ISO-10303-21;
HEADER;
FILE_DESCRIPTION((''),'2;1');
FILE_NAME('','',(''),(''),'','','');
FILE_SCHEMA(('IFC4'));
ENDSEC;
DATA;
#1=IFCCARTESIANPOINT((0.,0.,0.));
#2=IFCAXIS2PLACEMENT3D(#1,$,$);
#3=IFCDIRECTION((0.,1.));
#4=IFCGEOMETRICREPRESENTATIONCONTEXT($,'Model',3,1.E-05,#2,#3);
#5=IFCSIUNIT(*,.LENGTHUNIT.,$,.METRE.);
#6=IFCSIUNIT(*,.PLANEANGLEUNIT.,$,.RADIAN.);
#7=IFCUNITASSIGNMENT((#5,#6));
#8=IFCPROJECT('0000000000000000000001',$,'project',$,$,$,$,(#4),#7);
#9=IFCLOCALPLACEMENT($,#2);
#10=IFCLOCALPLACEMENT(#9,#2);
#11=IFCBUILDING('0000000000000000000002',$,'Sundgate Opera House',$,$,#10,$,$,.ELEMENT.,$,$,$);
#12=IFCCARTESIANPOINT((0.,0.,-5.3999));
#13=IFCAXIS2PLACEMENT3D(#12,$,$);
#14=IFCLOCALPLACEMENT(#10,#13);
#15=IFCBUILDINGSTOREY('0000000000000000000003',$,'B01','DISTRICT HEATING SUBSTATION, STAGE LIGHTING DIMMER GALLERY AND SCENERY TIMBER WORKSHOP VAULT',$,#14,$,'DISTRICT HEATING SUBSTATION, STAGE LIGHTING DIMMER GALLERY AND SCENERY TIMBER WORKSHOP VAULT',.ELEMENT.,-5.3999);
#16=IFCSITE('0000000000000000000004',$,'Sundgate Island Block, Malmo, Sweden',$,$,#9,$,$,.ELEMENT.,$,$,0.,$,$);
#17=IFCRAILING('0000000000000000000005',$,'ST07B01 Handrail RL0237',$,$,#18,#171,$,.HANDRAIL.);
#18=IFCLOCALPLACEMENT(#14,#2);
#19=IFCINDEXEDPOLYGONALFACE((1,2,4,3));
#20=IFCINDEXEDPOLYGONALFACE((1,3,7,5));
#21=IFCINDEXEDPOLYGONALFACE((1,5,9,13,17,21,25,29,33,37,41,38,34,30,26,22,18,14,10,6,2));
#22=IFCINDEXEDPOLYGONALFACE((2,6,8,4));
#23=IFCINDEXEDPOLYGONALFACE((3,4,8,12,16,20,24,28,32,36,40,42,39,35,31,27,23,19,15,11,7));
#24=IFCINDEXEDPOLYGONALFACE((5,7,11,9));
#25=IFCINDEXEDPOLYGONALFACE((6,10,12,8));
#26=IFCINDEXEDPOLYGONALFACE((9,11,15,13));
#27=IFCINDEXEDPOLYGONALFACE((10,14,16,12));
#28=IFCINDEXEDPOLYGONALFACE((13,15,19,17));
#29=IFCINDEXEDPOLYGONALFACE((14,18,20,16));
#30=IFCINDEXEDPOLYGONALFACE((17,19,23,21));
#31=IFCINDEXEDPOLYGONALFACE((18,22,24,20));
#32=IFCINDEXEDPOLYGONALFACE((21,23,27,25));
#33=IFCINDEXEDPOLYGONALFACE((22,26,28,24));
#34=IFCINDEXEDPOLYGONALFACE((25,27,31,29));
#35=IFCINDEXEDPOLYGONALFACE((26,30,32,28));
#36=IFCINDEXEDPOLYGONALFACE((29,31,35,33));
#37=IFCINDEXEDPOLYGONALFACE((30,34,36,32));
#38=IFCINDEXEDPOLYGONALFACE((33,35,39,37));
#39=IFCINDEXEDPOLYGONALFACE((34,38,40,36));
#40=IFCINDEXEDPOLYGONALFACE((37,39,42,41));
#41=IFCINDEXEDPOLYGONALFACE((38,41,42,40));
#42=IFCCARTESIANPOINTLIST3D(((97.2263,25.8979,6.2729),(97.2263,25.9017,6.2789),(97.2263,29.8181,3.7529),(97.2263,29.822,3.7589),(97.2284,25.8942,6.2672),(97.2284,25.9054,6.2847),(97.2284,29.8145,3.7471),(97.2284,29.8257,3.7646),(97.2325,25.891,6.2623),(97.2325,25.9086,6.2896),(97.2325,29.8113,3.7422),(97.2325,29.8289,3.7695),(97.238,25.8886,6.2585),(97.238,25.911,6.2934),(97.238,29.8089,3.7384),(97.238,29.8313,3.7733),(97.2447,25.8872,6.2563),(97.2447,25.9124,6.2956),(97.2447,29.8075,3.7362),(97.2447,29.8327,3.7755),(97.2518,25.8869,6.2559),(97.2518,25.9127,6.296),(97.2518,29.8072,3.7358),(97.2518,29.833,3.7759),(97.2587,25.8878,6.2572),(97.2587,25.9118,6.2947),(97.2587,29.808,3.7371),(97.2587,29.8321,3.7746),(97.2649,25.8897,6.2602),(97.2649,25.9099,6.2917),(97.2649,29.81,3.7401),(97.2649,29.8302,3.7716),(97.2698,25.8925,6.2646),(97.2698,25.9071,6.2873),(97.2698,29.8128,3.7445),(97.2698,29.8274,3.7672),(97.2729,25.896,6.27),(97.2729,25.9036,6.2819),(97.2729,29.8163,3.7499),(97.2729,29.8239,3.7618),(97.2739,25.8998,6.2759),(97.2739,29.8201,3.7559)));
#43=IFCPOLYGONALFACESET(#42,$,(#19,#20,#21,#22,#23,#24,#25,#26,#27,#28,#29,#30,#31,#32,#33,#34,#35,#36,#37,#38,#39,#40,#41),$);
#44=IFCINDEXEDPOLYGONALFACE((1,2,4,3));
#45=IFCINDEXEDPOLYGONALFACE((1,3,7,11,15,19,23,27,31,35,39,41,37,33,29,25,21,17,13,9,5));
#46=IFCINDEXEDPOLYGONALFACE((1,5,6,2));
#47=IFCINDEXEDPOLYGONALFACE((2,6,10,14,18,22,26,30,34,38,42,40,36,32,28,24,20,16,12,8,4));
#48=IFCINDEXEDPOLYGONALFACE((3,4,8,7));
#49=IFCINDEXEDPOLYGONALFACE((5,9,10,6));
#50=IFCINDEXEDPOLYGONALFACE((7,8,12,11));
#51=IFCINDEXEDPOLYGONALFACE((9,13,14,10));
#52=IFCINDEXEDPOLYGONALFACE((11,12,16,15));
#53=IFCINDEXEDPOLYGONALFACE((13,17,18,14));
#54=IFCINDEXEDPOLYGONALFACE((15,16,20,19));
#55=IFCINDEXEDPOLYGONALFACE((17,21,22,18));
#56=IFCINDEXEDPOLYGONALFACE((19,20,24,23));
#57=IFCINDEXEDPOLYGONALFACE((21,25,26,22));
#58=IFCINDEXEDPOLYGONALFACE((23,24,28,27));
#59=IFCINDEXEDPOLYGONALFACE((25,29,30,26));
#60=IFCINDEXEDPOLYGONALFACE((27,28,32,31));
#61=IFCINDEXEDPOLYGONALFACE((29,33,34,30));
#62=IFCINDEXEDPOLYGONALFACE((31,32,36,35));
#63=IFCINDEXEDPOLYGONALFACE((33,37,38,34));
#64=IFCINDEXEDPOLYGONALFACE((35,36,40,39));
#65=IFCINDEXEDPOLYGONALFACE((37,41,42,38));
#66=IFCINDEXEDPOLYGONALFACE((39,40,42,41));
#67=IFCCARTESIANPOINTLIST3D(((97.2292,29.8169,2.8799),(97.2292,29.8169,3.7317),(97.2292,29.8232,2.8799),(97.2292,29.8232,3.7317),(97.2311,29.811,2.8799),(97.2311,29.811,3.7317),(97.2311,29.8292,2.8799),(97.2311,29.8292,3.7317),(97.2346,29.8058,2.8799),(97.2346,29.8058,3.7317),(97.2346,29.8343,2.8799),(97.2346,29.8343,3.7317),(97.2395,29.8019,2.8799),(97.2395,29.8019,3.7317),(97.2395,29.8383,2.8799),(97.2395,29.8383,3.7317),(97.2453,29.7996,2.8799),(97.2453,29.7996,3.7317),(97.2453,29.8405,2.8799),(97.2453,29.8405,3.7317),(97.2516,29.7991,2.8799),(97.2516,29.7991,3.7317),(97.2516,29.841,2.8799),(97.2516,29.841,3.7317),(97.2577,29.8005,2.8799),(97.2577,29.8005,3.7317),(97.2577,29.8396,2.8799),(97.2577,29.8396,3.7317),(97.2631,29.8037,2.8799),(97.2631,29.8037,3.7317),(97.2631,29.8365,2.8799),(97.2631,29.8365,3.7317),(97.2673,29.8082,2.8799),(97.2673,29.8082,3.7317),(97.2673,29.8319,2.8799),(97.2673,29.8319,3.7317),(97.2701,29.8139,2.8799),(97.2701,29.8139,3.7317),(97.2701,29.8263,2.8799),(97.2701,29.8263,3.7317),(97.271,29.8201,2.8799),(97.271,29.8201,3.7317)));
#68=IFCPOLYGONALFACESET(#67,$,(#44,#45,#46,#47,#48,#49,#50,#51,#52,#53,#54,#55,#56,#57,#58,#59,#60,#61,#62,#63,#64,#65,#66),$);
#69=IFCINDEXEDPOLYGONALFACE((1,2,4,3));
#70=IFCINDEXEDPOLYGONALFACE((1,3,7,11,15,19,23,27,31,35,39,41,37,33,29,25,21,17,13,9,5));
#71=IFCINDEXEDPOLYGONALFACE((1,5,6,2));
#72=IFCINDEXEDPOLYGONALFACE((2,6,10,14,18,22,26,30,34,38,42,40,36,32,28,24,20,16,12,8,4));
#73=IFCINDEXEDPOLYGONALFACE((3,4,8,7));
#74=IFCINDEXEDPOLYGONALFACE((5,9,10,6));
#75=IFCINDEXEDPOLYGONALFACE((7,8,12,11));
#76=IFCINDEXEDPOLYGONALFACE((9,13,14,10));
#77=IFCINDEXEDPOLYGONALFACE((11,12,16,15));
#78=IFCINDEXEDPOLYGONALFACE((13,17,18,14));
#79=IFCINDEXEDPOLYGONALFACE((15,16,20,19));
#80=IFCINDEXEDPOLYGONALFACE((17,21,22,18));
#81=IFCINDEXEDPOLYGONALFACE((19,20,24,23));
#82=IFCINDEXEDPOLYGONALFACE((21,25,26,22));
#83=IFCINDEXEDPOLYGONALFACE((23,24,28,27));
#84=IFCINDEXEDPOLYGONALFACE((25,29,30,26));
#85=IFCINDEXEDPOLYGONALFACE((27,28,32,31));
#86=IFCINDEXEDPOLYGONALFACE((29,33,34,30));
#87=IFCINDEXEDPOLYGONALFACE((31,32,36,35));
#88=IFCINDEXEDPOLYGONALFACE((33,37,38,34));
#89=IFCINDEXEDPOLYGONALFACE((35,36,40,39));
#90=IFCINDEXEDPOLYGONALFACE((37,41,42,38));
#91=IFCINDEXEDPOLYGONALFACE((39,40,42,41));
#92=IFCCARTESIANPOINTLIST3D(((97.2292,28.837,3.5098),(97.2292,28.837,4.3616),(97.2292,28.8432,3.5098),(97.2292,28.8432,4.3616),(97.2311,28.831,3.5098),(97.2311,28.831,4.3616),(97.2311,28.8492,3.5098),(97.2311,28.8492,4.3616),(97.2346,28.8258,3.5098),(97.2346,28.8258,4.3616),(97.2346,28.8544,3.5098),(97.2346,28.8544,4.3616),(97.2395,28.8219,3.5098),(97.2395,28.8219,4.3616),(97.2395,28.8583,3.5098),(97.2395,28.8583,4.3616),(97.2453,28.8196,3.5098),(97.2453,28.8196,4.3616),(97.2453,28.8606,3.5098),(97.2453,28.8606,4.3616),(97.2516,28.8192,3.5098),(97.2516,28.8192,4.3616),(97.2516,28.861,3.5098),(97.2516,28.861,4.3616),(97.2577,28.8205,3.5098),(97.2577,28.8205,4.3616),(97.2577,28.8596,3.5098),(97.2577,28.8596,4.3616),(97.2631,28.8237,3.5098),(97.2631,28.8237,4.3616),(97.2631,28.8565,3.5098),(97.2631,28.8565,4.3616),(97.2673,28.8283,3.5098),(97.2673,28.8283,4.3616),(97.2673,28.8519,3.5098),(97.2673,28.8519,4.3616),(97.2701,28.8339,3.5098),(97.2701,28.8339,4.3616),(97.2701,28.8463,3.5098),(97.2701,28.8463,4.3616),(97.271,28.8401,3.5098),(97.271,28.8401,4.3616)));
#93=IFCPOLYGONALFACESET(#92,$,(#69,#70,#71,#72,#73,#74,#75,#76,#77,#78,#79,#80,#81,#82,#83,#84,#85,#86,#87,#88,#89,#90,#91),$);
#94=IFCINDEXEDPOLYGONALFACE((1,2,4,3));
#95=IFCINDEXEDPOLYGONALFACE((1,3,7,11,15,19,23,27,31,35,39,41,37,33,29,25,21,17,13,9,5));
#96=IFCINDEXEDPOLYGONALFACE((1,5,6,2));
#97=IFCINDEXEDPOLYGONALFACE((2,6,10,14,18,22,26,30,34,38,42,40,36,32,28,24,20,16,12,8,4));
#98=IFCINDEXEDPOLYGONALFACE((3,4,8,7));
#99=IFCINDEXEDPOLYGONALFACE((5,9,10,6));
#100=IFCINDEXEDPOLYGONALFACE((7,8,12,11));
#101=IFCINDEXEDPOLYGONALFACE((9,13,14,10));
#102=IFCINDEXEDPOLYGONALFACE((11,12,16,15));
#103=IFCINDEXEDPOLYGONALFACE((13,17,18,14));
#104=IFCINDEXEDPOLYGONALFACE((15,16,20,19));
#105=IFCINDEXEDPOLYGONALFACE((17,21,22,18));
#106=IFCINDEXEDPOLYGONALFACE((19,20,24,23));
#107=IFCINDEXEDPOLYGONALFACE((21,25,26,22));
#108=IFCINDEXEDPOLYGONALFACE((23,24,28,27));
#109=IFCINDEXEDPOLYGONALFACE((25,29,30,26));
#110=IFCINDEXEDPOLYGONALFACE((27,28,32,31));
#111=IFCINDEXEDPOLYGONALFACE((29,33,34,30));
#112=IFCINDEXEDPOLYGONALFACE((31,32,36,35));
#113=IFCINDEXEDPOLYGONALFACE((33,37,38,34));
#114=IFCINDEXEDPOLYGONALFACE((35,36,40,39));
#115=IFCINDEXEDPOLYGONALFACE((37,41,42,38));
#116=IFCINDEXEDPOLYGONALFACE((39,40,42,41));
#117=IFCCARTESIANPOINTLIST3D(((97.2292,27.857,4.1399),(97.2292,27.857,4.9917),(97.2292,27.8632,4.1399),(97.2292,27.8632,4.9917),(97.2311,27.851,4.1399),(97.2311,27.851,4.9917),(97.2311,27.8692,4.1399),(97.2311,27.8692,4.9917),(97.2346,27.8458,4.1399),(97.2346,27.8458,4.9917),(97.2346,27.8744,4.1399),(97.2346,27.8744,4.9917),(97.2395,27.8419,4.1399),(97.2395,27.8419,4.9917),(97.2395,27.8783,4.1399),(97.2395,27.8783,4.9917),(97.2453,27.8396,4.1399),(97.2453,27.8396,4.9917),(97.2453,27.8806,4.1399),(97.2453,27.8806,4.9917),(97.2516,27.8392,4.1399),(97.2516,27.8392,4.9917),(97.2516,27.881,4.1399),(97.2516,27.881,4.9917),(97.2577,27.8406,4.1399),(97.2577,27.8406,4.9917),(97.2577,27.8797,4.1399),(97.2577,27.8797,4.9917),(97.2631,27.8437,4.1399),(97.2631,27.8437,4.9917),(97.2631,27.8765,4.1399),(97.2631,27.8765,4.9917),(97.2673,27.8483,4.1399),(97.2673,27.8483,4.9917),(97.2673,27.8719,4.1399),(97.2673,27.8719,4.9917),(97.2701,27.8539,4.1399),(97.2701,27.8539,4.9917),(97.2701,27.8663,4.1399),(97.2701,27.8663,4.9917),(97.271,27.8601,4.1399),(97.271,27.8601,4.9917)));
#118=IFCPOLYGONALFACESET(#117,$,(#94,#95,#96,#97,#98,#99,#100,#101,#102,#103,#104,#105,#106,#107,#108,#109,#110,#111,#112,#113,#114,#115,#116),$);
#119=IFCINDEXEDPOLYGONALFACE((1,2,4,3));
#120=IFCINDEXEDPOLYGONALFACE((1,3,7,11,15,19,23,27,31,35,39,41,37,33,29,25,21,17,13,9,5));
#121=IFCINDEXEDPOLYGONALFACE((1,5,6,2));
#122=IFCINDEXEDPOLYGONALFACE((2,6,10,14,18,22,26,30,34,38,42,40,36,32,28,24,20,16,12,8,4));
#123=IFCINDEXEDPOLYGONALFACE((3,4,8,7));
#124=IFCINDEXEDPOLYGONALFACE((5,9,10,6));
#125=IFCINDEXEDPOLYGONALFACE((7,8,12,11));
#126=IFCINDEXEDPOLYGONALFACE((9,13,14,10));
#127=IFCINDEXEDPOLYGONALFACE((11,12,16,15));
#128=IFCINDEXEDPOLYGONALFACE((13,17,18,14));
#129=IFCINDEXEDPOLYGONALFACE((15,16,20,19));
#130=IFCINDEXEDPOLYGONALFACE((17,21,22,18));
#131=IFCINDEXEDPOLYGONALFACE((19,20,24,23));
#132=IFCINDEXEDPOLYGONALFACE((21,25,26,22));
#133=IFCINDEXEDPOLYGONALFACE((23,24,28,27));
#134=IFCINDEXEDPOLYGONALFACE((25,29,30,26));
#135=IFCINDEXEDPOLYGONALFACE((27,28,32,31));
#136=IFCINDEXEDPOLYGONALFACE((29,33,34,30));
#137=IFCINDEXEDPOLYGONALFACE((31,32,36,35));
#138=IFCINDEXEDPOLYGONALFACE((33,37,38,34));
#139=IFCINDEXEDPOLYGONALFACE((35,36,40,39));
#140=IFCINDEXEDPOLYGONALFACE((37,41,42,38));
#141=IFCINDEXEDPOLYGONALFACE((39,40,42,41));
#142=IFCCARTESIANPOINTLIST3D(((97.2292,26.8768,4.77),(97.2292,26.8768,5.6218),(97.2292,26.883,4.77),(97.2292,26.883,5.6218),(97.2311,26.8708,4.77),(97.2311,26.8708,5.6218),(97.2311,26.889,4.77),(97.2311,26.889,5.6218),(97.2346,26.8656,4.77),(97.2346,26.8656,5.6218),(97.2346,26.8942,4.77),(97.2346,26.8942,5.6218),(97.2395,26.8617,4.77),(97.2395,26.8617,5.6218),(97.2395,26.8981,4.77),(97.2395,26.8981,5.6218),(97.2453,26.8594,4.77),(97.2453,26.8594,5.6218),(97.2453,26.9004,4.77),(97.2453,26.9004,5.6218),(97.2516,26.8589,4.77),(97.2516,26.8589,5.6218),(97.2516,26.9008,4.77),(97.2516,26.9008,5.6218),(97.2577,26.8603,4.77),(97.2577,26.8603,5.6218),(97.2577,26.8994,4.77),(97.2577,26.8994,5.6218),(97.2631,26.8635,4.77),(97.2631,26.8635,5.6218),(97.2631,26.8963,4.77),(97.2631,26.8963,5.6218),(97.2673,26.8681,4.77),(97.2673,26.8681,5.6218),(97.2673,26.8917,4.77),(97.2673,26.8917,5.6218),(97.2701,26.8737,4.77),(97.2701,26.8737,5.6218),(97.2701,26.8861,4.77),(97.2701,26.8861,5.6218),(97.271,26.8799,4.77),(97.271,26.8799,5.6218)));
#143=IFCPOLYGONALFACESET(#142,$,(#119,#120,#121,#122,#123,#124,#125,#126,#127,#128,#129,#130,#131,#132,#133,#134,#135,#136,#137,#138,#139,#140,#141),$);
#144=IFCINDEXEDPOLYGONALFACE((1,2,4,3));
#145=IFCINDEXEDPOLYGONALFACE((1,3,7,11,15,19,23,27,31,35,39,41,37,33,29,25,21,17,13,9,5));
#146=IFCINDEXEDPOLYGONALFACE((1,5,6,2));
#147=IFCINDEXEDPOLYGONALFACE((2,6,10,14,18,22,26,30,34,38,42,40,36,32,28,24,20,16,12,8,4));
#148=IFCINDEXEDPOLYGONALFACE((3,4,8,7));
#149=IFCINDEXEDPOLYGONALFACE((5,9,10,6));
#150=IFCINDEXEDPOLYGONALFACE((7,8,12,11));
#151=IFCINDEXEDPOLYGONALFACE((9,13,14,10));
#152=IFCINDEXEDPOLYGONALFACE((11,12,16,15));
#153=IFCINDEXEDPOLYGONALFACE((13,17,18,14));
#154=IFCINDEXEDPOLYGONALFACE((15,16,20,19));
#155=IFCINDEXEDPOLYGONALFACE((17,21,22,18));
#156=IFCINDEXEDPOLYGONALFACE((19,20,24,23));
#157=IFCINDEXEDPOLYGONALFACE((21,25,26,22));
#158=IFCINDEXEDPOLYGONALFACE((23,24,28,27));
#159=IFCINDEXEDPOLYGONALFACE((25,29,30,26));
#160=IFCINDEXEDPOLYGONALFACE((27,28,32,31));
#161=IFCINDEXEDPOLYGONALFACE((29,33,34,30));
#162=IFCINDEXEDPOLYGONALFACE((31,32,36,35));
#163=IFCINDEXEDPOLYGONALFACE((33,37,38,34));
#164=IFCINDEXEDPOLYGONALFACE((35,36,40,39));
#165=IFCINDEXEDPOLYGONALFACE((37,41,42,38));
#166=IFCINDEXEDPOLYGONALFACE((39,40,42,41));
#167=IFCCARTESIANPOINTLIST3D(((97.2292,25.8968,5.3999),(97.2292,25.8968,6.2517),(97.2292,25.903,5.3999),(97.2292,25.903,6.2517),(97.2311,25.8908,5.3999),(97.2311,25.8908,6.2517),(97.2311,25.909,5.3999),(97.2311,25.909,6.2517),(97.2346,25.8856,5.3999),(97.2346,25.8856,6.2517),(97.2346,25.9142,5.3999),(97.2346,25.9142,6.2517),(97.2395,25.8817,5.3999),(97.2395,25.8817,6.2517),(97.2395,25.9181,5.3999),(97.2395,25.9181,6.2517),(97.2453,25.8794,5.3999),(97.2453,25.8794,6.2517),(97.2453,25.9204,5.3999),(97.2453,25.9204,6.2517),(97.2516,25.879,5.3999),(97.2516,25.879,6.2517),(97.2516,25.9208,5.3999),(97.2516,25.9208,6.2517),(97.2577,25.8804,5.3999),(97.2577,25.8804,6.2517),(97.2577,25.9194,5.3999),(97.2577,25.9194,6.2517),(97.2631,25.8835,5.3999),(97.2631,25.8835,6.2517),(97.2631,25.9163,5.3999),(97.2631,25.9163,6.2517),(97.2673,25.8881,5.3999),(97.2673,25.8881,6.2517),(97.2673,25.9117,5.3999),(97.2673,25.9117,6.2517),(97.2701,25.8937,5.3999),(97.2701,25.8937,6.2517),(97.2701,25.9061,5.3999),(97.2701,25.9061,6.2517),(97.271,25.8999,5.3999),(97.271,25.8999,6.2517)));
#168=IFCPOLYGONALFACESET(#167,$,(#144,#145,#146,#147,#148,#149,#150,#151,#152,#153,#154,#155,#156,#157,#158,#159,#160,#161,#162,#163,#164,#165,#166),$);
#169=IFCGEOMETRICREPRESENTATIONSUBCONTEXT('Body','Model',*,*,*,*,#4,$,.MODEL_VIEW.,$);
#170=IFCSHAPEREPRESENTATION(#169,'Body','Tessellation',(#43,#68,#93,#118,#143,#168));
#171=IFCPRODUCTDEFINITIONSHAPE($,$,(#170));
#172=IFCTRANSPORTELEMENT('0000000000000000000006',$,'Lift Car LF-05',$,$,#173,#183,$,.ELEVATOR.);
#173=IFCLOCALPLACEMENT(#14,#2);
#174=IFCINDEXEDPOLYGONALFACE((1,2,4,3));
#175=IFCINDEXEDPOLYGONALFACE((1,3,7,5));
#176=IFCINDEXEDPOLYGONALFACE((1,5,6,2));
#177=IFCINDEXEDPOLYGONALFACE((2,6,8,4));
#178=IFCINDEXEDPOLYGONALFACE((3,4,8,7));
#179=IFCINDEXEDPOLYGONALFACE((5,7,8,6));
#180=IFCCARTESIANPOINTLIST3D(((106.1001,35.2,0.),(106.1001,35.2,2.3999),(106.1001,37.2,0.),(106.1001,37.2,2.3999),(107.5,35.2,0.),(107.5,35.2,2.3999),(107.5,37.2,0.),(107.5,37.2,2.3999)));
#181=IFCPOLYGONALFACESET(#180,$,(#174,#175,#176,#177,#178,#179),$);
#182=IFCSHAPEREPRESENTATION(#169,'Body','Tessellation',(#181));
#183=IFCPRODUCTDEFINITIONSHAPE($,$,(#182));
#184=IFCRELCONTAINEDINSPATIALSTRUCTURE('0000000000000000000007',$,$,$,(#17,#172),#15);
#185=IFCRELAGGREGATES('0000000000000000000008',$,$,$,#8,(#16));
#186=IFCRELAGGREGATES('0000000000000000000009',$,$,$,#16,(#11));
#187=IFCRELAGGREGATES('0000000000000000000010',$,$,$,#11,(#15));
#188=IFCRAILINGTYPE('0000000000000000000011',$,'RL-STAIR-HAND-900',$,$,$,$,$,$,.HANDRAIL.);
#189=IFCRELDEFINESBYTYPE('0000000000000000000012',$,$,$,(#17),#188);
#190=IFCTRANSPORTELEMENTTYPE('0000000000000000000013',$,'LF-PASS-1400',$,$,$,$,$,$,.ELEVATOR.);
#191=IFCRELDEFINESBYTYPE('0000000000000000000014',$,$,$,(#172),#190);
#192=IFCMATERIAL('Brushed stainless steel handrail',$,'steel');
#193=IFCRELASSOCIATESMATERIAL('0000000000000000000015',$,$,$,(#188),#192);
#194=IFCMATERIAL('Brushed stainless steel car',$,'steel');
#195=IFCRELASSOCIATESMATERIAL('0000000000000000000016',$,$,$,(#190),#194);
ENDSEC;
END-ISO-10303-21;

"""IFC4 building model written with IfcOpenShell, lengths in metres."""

from ifc_helpers import new_model, si_unit, direction, frame, origin, origin_2d, place, context, subcontext, project, spatial, rectangle, circle, extrude, material, type_object, element, save


model = new_model("IFC4")

# Units and contexts
model_context = context("Model", 3, precision=1e-05, world=origin(), true_north=direction((0.0, 1.0)))
body_context = subcontext(model_context, "Body", "Model", "MODEL_VIEW")
ifc_project = project(units=[si_unit("LENGTHUNIT", "METRE"), si_unit("PLANEANGLEUNIT", "RADIAN")], contexts=[model_context])

# Site, building, storey
site_placement = place(None, origin())
site = spatial("IfcSite", under=ifc_project, at=site_placement, Name="Sundgate Island Block, Malmo, Sweden", CompositionType="ELEMENT", RefElevation=0.0)
building_placement = place(site_placement, origin())
building = spatial("IfcBuilding", under=site, at=building_placement, Name="Sundgate Opera House", CompositionType="ELEMENT")
storey_placement = place(building_placement, frame((0.0, 0.0, -5.3999)))
storey = spatial("IfcBuildingStorey", under=building, at=storey_placement, Name="B01", Description="DISTRICT HEATING SUBSTATION, STAGE LIGHTING DIMMER GALLERY AND SCENERY TIMBER WORKSHOP VAULT", LongName="DISTRICT HEATING SUBSTATION, STAGE LIGHTING DIMMER GALLERY AND SCENERY TIMBER WORKSHOP VAULT", CompositionType="ELEMENT", Elevation=-5.3999)

# Railing
ifc_material_1 = material(Name="Brushed stainless steel handrail", Category="steel")
railing_type_1 = type_object("IfcRailingType", Name="RL-STAIR-HAND-900", PredefinedType="HANDRAIL", material=ifc_material_1)
railing_1_placement = place(storey_placement, frame((97.25, 29.8201, 2.8799)))
element("IfcRailing", 1, at=railing_1_placement, inside=storey, type_object=railing_type_1, Name="ST07B01 Handrail RL0237", PredefinedType="HANDRAIL", context=body_context, shape_type="SweptSolid", body=[
    extrude(circle(Radius=0.0239, at=origin_2d()), frame((0.0, 0.0, 0.876), z_axis=(0.0, -0.841187, 0.540744), x_axis=(1.0, 0.0, 0.0)), (0.0, 0.0, 1.0), 4.6604),
    extrude(circle(Radius=0.021, at=origin_2d()), origin(), (0.0, 0.0, 1.0), 0.8518),
    extrude(circle(Radius=0.021, at=origin_2d()), frame((0.0, -0.98, 0.6299)), (0.0, 0.0, 1.0), 0.8518),
    extrude(circle(Radius=0.021, at=origin_2d()), frame((0.0, -1.96, 1.26)), (0.0, 0.0, 1.0), 0.8518),
    extrude(circle(Radius=0.021, at=origin_2d()), frame((0.0, -2.9402, 1.8901)), (0.0, 0.0, 1.0), 0.8518),
    extrude(circle(Radius=0.021, at=origin_2d()), frame((0.0, -3.9202, 2.52)), (0.0, 0.0, 1.0), 0.8518),
])

# Transport element
ifc_material_2 = material(Name="Brushed stainless steel car", Category="steel")
transport_element_type = type_object("IfcTransportElementType", Name="LF-PASS-1400", PredefinedType="ELEVATOR", material=ifc_material_2)
transport_element_placement = place(storey_placement, frame((106.8, 36.2, 0.0), z_axis=(0.0, 0.0, 1.0), x_axis=(1.0, 0.0, 0.0)))
element("IfcTransportElement", 2, at=transport_element_placement, inside=storey, type_object=transport_element_type, Name="Lift Car LF-05", PredefinedType="ELEVATOR", context=body_context, shape_type="SweptSolid", body=[
    extrude(rectangle(XDim=1.3999, YDim=2.0, at=origin_2d()), origin(), (0.0, 0.0, 1.0), 2.3999),
])

save(model, "model.ifc")
